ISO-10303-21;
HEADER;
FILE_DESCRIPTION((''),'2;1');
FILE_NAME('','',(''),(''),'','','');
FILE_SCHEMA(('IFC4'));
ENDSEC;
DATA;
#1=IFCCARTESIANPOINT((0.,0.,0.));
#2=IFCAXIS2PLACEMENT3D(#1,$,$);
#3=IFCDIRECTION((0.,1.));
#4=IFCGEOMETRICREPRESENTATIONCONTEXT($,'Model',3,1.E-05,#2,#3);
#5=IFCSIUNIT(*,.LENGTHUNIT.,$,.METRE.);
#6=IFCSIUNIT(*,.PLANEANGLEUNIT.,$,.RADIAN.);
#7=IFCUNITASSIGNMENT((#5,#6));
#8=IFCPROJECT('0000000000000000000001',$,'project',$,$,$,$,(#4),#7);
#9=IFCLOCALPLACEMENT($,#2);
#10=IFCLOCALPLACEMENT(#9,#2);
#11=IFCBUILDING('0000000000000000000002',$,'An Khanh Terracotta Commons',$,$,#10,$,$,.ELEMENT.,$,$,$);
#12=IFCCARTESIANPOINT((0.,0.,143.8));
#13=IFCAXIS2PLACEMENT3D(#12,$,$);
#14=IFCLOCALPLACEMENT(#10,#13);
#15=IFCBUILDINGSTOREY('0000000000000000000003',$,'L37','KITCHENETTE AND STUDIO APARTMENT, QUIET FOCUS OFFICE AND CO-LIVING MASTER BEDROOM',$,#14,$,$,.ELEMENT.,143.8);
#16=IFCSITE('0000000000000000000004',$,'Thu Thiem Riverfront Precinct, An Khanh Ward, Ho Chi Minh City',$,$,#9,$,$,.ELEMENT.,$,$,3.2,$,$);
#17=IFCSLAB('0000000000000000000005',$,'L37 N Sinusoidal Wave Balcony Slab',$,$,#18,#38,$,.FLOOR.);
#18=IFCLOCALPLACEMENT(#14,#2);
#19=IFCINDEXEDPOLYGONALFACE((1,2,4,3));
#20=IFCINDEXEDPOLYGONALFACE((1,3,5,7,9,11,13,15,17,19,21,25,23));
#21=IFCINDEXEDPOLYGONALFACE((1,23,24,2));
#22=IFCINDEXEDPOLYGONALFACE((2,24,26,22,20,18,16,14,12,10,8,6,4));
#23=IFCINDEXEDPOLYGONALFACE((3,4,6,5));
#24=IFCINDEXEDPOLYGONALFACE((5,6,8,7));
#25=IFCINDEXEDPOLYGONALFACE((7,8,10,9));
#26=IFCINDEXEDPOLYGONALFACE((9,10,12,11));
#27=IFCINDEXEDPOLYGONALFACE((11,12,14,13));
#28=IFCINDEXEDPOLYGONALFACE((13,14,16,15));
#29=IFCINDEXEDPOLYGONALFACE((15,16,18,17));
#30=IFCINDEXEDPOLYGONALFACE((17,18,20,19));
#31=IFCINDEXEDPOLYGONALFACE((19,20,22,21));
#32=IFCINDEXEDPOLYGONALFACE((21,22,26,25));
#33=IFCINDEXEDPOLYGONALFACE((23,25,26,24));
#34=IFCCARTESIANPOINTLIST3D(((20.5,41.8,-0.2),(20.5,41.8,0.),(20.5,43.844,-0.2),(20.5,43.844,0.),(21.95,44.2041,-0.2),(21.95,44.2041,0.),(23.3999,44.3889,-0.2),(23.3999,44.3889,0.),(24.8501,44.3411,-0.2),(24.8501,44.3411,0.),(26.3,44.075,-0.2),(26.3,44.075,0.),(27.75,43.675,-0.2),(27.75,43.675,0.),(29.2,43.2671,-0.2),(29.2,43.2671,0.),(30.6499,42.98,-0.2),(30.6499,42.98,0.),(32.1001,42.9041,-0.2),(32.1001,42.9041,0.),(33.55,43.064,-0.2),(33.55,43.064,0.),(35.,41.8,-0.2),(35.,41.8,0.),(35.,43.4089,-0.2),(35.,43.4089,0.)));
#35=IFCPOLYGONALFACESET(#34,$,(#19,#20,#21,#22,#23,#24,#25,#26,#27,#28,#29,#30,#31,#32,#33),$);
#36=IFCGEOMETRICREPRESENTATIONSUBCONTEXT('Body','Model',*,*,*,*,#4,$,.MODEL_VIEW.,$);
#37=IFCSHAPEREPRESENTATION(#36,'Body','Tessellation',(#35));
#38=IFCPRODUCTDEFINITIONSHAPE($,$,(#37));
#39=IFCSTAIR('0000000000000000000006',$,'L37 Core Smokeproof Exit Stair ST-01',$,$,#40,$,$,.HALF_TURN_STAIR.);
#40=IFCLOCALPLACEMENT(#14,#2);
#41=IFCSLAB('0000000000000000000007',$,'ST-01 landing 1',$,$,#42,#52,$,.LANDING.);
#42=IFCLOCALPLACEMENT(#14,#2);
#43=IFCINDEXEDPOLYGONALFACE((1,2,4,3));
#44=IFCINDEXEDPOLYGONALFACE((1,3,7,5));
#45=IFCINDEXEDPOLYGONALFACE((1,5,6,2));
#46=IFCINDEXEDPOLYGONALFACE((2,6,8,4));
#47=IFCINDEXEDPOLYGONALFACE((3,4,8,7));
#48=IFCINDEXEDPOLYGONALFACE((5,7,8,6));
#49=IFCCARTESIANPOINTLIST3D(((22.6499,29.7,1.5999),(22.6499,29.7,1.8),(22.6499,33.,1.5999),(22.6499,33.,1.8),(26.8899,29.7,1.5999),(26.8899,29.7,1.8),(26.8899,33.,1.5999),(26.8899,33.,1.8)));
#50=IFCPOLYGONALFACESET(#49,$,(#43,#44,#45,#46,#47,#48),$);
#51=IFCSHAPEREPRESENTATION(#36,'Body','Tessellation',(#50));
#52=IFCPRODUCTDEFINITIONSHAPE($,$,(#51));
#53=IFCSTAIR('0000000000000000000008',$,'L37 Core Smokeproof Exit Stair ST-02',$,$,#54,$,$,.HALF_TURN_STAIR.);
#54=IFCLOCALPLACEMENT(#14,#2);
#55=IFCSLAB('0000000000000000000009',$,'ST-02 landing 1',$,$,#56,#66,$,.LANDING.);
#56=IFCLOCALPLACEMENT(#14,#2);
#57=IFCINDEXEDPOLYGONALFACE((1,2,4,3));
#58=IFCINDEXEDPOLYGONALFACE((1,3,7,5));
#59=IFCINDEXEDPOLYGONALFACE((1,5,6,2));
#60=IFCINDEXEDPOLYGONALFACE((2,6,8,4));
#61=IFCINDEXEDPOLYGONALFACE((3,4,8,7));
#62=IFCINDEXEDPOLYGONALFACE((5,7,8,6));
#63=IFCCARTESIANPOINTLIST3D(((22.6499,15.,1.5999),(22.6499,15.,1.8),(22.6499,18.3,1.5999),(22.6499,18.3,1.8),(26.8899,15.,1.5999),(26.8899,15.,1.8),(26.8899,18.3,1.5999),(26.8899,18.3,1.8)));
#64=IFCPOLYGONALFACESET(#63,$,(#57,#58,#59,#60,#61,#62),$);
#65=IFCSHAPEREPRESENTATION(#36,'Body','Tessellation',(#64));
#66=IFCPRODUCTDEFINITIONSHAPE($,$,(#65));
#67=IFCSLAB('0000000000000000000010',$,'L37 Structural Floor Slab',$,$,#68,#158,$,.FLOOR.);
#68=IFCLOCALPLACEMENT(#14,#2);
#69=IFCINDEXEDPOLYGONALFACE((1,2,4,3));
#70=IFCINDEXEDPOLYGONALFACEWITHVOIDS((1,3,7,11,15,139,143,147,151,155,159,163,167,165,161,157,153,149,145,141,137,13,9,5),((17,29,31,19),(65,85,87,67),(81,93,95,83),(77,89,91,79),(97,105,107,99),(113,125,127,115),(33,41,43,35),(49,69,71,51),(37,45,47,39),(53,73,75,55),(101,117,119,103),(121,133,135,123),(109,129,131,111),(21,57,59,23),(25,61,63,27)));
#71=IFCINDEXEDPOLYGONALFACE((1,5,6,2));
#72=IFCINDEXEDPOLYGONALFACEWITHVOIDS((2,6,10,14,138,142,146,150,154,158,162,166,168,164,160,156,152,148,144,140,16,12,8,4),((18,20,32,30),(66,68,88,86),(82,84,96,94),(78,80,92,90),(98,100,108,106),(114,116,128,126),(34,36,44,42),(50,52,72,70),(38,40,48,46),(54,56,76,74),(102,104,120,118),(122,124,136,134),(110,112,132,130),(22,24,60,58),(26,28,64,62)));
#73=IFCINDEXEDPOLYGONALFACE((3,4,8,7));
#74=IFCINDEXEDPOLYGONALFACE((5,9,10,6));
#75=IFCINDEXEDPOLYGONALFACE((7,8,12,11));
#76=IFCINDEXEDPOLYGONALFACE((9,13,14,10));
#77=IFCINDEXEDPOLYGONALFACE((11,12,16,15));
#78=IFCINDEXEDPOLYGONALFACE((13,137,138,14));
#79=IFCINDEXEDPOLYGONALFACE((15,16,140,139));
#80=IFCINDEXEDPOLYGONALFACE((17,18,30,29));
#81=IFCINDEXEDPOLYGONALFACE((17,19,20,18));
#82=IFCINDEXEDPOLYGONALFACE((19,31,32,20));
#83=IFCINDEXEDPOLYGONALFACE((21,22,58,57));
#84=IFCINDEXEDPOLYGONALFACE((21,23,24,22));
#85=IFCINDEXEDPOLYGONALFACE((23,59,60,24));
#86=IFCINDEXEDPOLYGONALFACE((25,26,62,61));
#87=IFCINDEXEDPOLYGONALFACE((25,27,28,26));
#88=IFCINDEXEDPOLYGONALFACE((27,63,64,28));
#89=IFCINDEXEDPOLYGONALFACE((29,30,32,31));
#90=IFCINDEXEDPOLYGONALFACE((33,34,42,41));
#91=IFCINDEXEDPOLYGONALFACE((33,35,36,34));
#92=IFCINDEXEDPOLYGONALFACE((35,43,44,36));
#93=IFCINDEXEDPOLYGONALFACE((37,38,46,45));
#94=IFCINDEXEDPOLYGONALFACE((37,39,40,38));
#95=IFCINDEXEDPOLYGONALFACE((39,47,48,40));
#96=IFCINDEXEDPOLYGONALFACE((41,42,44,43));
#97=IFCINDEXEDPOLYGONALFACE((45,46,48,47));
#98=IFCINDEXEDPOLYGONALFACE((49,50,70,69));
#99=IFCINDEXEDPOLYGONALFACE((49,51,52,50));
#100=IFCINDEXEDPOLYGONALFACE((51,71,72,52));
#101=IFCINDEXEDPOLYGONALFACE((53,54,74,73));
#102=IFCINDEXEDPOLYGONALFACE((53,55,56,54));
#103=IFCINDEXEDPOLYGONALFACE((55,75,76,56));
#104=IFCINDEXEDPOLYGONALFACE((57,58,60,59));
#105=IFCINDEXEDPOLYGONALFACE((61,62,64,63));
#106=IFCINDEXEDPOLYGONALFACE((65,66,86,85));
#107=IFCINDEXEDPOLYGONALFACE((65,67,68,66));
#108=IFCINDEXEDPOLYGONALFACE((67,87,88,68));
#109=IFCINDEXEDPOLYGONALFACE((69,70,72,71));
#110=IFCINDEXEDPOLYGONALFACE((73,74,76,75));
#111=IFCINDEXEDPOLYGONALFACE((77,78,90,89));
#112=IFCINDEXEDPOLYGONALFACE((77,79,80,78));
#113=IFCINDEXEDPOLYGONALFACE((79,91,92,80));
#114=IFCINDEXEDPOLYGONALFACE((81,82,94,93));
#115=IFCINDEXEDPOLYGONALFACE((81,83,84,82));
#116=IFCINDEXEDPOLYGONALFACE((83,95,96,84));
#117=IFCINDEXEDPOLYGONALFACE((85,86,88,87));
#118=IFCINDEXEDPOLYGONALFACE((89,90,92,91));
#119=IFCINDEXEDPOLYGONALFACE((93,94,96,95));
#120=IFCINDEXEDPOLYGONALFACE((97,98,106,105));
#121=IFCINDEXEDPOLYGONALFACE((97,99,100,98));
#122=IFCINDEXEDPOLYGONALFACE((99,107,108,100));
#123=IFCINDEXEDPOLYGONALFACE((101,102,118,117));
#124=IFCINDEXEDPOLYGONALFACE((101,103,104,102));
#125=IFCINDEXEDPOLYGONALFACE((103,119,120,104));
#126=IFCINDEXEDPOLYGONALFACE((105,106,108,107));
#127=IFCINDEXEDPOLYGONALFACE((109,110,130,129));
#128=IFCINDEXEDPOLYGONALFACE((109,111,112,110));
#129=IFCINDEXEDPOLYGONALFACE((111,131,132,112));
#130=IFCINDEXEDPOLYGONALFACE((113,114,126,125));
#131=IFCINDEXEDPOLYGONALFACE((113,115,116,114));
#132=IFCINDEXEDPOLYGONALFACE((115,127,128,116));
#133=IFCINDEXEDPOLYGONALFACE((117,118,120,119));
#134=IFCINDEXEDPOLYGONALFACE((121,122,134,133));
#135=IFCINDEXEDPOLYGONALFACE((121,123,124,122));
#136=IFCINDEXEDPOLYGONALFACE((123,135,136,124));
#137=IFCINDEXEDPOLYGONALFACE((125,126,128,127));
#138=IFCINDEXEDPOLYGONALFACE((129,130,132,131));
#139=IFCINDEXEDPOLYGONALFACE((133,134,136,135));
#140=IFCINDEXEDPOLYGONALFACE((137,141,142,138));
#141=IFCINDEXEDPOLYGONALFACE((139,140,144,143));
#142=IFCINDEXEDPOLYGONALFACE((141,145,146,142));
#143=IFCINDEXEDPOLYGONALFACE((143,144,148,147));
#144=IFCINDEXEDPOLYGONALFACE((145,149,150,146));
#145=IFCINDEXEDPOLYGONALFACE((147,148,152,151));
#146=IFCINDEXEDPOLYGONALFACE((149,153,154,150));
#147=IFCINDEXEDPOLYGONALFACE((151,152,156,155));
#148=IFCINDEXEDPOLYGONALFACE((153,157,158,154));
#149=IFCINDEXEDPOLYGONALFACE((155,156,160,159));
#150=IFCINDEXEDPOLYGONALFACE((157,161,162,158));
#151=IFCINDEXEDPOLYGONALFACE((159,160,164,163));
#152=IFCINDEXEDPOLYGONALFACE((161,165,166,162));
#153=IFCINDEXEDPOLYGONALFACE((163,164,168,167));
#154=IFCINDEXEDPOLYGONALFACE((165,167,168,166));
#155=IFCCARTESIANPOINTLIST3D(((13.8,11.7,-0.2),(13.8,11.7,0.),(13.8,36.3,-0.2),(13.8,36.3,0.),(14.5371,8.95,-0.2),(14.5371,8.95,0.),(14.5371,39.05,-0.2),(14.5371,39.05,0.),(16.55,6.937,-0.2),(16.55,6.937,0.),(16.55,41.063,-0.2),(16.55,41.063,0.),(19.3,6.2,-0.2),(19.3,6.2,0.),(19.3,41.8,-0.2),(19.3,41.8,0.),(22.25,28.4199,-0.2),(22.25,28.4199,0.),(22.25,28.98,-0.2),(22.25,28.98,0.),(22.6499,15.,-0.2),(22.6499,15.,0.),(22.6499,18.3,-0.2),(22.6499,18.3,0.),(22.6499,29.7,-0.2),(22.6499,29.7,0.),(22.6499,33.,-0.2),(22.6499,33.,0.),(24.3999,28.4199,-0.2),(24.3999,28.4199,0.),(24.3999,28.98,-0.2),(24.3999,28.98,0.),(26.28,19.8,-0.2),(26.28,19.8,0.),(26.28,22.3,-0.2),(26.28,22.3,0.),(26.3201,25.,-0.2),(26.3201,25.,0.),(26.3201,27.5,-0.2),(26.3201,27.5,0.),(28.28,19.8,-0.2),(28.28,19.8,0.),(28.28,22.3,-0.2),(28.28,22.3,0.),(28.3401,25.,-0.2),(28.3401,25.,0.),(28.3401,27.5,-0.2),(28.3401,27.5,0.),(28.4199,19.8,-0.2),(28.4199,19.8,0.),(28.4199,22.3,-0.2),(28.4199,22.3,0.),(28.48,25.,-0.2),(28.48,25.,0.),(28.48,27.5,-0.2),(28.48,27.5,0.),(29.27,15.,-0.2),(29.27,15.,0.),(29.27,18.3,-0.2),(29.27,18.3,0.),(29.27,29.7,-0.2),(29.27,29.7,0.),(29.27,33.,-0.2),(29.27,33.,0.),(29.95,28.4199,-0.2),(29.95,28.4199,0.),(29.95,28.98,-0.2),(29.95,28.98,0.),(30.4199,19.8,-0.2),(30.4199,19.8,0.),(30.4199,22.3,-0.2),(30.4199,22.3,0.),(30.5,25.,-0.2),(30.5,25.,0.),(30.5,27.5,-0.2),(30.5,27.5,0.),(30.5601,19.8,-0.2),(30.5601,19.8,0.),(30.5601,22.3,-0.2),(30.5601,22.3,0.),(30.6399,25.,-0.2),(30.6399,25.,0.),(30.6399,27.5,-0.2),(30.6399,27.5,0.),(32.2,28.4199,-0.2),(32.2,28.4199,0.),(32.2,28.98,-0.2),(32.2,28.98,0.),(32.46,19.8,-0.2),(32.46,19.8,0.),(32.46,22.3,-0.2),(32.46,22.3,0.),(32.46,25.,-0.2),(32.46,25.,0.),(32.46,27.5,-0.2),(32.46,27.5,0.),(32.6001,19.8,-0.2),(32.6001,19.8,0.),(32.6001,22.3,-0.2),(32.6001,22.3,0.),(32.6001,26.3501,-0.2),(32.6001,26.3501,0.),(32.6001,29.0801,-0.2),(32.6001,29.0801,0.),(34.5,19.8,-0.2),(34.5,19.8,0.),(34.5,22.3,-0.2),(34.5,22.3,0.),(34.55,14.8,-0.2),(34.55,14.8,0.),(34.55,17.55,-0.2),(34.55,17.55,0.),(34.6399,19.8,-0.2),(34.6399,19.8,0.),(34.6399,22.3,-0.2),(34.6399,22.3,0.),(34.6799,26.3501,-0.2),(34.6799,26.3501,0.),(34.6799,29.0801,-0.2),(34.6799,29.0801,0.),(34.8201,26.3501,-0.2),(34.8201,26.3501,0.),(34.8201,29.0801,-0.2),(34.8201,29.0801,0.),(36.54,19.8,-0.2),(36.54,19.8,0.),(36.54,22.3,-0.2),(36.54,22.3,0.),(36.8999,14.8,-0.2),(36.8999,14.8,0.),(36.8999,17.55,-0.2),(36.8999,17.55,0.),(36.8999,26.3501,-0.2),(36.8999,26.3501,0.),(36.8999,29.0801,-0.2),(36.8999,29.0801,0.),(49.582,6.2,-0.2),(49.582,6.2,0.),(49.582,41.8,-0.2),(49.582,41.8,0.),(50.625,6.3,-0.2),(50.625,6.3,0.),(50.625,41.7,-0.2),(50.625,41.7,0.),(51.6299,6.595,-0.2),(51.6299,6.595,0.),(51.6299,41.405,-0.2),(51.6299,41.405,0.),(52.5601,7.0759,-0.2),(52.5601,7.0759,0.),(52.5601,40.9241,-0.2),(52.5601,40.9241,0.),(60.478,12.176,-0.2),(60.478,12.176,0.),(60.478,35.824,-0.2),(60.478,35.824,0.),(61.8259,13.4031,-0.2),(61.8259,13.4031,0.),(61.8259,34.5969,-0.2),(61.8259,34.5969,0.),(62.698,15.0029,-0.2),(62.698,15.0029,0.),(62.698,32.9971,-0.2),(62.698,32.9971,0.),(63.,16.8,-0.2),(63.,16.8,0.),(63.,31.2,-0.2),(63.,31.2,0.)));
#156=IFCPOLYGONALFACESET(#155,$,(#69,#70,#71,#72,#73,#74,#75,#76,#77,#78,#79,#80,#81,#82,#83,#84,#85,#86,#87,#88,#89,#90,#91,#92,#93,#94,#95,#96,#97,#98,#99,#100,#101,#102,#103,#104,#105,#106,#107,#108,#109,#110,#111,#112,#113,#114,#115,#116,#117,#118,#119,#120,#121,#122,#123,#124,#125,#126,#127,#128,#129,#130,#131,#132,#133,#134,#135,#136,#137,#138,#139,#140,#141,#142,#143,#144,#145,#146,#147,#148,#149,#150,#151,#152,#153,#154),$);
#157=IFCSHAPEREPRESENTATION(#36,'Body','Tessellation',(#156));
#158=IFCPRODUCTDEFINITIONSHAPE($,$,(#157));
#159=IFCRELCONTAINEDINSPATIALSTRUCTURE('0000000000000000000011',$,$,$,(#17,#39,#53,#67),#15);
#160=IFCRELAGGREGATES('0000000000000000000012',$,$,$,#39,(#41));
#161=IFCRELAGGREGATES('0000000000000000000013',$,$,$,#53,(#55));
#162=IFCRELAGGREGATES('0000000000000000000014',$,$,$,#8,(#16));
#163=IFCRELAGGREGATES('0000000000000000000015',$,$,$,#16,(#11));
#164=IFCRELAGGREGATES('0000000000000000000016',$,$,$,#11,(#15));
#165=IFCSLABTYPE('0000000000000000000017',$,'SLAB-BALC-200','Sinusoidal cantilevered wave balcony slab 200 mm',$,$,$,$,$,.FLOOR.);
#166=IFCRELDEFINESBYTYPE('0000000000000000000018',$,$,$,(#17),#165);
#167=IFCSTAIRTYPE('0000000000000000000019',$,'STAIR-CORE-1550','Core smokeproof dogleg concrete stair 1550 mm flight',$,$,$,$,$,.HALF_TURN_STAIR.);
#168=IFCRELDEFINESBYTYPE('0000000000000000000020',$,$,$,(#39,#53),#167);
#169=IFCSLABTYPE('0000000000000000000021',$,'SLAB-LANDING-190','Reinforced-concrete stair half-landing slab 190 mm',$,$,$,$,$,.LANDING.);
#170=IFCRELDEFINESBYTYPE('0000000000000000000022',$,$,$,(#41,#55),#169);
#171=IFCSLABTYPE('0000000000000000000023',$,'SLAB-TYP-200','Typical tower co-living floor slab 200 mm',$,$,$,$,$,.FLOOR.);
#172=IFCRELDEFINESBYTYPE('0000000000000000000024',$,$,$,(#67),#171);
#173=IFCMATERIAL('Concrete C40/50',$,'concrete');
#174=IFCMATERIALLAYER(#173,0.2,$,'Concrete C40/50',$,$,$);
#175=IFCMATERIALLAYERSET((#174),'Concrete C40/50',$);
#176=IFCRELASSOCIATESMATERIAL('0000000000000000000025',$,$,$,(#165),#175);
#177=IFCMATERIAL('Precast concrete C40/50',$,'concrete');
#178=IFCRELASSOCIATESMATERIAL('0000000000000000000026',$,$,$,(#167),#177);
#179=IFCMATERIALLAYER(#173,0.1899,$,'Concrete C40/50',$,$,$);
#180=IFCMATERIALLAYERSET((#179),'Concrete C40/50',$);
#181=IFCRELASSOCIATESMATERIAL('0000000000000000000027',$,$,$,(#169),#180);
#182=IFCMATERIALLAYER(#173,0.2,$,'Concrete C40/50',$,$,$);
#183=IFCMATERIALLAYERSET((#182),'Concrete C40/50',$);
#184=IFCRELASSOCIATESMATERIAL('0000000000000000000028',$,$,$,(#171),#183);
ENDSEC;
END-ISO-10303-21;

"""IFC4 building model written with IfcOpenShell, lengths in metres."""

from ifc_helpers import new_model, si_unit, direction, frame, origin, place, context, subcontext, project, spatial, polyline, outline, extrude, material, layer, layer_set, type_object, element, aggregate, save


model = new_model("IFC4")

# Units and contexts
model_context = context("Model", 3, precision=1e-05, world=origin(), true_north=direction((0.0, 1.0)))
body_context = subcontext(model_context, "Body", "Model", "MODEL_VIEW")
ifc_project = project(units=[si_unit("LENGTHUNIT", "METRE"), si_unit("PLANEANGLEUNIT", "RADIAN")], contexts=[model_context])

# Site, building, storey
site_placement = place(None, origin())
site = spatial("IfcSite", under=ifc_project, at=site_placement, Name="Thu Thiem Riverfront Precinct, An Khanh Ward, Ho Chi Minh City", CompositionType="ELEMENT", RefElevation=3.2)
building_placement = place(site_placement, origin())
building = spatial("IfcBuilding", under=site, at=building_placement, Name="An Khanh Terracotta Commons", CompositionType="ELEMENT")
storey_placement = place(building_placement, frame((0.0, 0.0, 143.8)))
storey = spatial("IfcBuildingStorey", under=building, at=storey_placement, Name="L37", Description="KITCHENETTE AND STUDIO APARTMENT, QUIET FOCUS OFFICE AND CO-LIVING MASTER BEDROOM", CompositionType="ELEMENT", Elevation=143.8)

# Slab
ifc_material_1 = material(Name="Concrete C40/50", Category="concrete")
ifc_layer_1 = layer(ifc_material_1, 0.2, Name="Concrete C40/50")
ifc_layer_set_1 = layer_set([ifc_layer_1], Name="Concrete C40/50")
slab_type_1 = type_object("IfcSlabType", Name="SLAB-BALC-200", Description="Sinusoidal cantilevered wave balcony slab 200 mm", PredefinedType="FLOOR", material=ifc_layer_set_1)
slab_1_placement = place(storey_placement, frame((0.0, 0.0, -0.2)))
element("IfcSlab", 1, at=slab_1_placement, inside=storey, type_object=slab_type_1, Name="L37 N Sinusoidal Wave Balcony Slab", PredefinedType="FLOOR", context=body_context, shape_type="SweptSolid", body=[
    extrude(outline(polyline([(35.0, 41.8), (35.0, 43.4089), (33.55, 43.064), (32.1001, 42.9041), (30.6499, 42.98), (29.2, 43.2671), (27.75, 43.675), (26.3, 44.075), (24.8501, 44.3411), (23.3999, 44.3889), (21.95, 44.2041), (20.5, 43.844), (20.5, 41.8), (35.0, 41.8)])), origin(), (0.0, 0.0, 1.0), 0.2),
])

# Stairs, slabs
ifc_material_2 = material(Name="Precast concrete C40/50", Category="concrete")
stair_type = type_object("IfcStairType", Name="STAIR-CORE-1550", Description="Core smokeproof dogleg concrete stair 1550 mm flight", PredefinedType="HALF_TURN_STAIR", material=ifc_material_2)
stair_1_placement = place(storey_placement, origin())
stair_1 = element("IfcStair", 2, at=stair_1_placement, inside=storey, type_object=stair_type, Name="L37 Core Smokeproof Exit Stair ST-01", PredefinedType="HALF_TURN_STAIR")
ifc_layer_2 = layer(ifc_material_1, 0.1899, Name="Concrete C40/50")
ifc_layer_set_2 = layer_set([ifc_layer_2], Name="Concrete C40/50")
slab_type_2 = type_object("IfcSlabType", Name="SLAB-LANDING-190", Description="Reinforced-concrete stair half-landing slab 190 mm", PredefinedType="LANDING", material=ifc_layer_set_2)
slab_2_placement = place(storey_placement, frame((0.0, 0.0, 1.5999)))
slab_2 = element("IfcSlab", 3, at=slab_2_placement, type_object=slab_type_2, Name="ST-01 landing 1", PredefinedType="LANDING", context=body_context, shape_type="SweptSolid", body=[
    extrude(outline(polyline([(26.8899, 33.0), (22.6499, 33.0), (22.6499, 29.7), (26.8899, 29.7), (26.8899, 33.0)])), origin(), (0.0, 0.0, 1.0), 0.2002),
])
aggregate(stair_1, [slab_2])
stair_2_placement = place(storey_placement, origin())
stair_2 = element("IfcStair", 4, at=stair_2_placement, inside=storey, type_object=stair_type, Name="L37 Core Smokeproof Exit Stair ST-02", PredefinedType="HALF_TURN_STAIR")
slab_3_placement = place(storey_placement, frame((0.0, 0.0, 1.5999)))
slab_3 = element("IfcSlab", 5, at=slab_3_placement, type_object=slab_type_2, Name="ST-02 landing 1", PredefinedType="LANDING", context=body_context, shape_type="SweptSolid", body=[
    extrude(outline(polyline([(26.8899, 18.3), (22.6499, 18.3), (22.6499, 15.0), (26.8899, 15.0), (26.8899, 18.3)])), origin(), (0.0, 0.0, 1.0), 0.2002),
])
aggregate(stair_2, [slab_3])

# Slab
ifc_layer_3 = layer(ifc_material_1, 0.2, Name="Concrete C40/50")
ifc_layer_set_3 = layer_set([ifc_layer_3], Name="Concrete C40/50")
slab_type_3 = type_object("IfcSlabType", Name="SLAB-TYP-200", Description="Typical tower co-living floor slab 200 mm", PredefinedType="FLOOR", material=ifc_layer_set_3)
slab_4_placement = place(storey_placement, frame((0.0, 0.0, -0.2)))
element("IfcSlab", 6, at=slab_4_placement, inside=storey, type_object=slab_type_3, Name="L37 Structural Floor Slab", PredefinedType="FLOOR", context=body_context, shape_type="SweptSolid", body=[
    extrude(outline(polyline([(13.8, 11.7), (14.5371, 8.95), (16.55, 6.937), (19.3, 6.2), (49.582, 6.2), (50.625, 6.3), (51.6299, 6.595), (52.5601, 7.0759), (60.478, 12.176), (61.8259, 13.4031), (62.698, 15.0029), (63.0, 16.8), (63.0, 31.2), (62.698, 32.9971), (61.8259, 34.5969), (60.478, 35.824), (52.5601, 40.9241), (51.6299, 41.405), (50.625, 41.7), (49.582, 41.8), (19.3, 41.8), (16.55, 41.063), (14.5371, 39.05), (13.8, 36.3), (13.8, 11.7)]), holes=[polyline([(22.6499, 29.7), (29.27, 29.7), (29.27, 33.0), (22.6499, 33.0), (22.6499, 29.7)]), polyline([(22.6499, 15.0), (29.27, 15.0), (29.27, 18.3), (22.6499, 18.3), (22.6499, 15.0)]), polyline([(32.6001, 26.3501), (34.6799, 26.3501), (34.6799, 29.0801), (32.6001, 29.0801), (32.6001, 26.3501)]), polyline([(34.8201, 26.3501), (36.8999, 26.3501), (36.8999, 29.0801), (34.8201, 29.0801), (34.8201, 26.3501)]), polyline([(34.55, 14.8), (36.8999, 14.8), (36.8999, 17.55), (34.55, 17.55), (34.55, 14.8)]), polyline([(26.3201, 25.0), (28.3401, 25.0), (28.3401, 27.5), (26.3201, 27.5), (26.3201, 25.0)]), polyline([(28.48, 25.0), (30.5, 25.0), (30.5, 27.5), (28.48, 27.5), (28.48, 25.0)]), polyline([(26.28, 19.8), (28.28, 19.8), (28.28, 22.3), (26.28, 22.3), (26.28, 19.8)]), polyline([(28.4199, 19.8), (30.4199, 19.8), (30.4199, 22.3), (28.4199, 22.3), (28.4199, 19.8)]), polyline([(30.6399, 25.0), (32.46, 25.0), (32.46, 27.5), (30.6399, 27.5), (30.6399, 25.0)]), polyline([(30.5601, 19.8), (32.46, 19.8), (32.46, 22.3), (30.5601, 22.3), (30.5601, 19.8)]), polyline([(32.6001, 19.8), (34.5, 19.8), (34.5, 22.3), (32.6001, 22.3), (32.6001, 19.8)]), polyline([(34.6399, 19.8), (36.54, 19.8), (36.54, 22.3), (34.6399, 22.3), (34.6399, 19.8)]), polyline([(22.25, 28.4199), (24.3999, 28.4199), (24.3999, 28.98), (22.25, 28.98), (22.25, 28.4199)]), polyline([(29.95, 28.4199), (32.2, 28.4199), (32.2, 28.98), (29.95, 28.98), (29.95, 28.4199)])]), origin(), (0.0, 0.0, 1.0), 0.2),
])

save(model, "model.ifc")
